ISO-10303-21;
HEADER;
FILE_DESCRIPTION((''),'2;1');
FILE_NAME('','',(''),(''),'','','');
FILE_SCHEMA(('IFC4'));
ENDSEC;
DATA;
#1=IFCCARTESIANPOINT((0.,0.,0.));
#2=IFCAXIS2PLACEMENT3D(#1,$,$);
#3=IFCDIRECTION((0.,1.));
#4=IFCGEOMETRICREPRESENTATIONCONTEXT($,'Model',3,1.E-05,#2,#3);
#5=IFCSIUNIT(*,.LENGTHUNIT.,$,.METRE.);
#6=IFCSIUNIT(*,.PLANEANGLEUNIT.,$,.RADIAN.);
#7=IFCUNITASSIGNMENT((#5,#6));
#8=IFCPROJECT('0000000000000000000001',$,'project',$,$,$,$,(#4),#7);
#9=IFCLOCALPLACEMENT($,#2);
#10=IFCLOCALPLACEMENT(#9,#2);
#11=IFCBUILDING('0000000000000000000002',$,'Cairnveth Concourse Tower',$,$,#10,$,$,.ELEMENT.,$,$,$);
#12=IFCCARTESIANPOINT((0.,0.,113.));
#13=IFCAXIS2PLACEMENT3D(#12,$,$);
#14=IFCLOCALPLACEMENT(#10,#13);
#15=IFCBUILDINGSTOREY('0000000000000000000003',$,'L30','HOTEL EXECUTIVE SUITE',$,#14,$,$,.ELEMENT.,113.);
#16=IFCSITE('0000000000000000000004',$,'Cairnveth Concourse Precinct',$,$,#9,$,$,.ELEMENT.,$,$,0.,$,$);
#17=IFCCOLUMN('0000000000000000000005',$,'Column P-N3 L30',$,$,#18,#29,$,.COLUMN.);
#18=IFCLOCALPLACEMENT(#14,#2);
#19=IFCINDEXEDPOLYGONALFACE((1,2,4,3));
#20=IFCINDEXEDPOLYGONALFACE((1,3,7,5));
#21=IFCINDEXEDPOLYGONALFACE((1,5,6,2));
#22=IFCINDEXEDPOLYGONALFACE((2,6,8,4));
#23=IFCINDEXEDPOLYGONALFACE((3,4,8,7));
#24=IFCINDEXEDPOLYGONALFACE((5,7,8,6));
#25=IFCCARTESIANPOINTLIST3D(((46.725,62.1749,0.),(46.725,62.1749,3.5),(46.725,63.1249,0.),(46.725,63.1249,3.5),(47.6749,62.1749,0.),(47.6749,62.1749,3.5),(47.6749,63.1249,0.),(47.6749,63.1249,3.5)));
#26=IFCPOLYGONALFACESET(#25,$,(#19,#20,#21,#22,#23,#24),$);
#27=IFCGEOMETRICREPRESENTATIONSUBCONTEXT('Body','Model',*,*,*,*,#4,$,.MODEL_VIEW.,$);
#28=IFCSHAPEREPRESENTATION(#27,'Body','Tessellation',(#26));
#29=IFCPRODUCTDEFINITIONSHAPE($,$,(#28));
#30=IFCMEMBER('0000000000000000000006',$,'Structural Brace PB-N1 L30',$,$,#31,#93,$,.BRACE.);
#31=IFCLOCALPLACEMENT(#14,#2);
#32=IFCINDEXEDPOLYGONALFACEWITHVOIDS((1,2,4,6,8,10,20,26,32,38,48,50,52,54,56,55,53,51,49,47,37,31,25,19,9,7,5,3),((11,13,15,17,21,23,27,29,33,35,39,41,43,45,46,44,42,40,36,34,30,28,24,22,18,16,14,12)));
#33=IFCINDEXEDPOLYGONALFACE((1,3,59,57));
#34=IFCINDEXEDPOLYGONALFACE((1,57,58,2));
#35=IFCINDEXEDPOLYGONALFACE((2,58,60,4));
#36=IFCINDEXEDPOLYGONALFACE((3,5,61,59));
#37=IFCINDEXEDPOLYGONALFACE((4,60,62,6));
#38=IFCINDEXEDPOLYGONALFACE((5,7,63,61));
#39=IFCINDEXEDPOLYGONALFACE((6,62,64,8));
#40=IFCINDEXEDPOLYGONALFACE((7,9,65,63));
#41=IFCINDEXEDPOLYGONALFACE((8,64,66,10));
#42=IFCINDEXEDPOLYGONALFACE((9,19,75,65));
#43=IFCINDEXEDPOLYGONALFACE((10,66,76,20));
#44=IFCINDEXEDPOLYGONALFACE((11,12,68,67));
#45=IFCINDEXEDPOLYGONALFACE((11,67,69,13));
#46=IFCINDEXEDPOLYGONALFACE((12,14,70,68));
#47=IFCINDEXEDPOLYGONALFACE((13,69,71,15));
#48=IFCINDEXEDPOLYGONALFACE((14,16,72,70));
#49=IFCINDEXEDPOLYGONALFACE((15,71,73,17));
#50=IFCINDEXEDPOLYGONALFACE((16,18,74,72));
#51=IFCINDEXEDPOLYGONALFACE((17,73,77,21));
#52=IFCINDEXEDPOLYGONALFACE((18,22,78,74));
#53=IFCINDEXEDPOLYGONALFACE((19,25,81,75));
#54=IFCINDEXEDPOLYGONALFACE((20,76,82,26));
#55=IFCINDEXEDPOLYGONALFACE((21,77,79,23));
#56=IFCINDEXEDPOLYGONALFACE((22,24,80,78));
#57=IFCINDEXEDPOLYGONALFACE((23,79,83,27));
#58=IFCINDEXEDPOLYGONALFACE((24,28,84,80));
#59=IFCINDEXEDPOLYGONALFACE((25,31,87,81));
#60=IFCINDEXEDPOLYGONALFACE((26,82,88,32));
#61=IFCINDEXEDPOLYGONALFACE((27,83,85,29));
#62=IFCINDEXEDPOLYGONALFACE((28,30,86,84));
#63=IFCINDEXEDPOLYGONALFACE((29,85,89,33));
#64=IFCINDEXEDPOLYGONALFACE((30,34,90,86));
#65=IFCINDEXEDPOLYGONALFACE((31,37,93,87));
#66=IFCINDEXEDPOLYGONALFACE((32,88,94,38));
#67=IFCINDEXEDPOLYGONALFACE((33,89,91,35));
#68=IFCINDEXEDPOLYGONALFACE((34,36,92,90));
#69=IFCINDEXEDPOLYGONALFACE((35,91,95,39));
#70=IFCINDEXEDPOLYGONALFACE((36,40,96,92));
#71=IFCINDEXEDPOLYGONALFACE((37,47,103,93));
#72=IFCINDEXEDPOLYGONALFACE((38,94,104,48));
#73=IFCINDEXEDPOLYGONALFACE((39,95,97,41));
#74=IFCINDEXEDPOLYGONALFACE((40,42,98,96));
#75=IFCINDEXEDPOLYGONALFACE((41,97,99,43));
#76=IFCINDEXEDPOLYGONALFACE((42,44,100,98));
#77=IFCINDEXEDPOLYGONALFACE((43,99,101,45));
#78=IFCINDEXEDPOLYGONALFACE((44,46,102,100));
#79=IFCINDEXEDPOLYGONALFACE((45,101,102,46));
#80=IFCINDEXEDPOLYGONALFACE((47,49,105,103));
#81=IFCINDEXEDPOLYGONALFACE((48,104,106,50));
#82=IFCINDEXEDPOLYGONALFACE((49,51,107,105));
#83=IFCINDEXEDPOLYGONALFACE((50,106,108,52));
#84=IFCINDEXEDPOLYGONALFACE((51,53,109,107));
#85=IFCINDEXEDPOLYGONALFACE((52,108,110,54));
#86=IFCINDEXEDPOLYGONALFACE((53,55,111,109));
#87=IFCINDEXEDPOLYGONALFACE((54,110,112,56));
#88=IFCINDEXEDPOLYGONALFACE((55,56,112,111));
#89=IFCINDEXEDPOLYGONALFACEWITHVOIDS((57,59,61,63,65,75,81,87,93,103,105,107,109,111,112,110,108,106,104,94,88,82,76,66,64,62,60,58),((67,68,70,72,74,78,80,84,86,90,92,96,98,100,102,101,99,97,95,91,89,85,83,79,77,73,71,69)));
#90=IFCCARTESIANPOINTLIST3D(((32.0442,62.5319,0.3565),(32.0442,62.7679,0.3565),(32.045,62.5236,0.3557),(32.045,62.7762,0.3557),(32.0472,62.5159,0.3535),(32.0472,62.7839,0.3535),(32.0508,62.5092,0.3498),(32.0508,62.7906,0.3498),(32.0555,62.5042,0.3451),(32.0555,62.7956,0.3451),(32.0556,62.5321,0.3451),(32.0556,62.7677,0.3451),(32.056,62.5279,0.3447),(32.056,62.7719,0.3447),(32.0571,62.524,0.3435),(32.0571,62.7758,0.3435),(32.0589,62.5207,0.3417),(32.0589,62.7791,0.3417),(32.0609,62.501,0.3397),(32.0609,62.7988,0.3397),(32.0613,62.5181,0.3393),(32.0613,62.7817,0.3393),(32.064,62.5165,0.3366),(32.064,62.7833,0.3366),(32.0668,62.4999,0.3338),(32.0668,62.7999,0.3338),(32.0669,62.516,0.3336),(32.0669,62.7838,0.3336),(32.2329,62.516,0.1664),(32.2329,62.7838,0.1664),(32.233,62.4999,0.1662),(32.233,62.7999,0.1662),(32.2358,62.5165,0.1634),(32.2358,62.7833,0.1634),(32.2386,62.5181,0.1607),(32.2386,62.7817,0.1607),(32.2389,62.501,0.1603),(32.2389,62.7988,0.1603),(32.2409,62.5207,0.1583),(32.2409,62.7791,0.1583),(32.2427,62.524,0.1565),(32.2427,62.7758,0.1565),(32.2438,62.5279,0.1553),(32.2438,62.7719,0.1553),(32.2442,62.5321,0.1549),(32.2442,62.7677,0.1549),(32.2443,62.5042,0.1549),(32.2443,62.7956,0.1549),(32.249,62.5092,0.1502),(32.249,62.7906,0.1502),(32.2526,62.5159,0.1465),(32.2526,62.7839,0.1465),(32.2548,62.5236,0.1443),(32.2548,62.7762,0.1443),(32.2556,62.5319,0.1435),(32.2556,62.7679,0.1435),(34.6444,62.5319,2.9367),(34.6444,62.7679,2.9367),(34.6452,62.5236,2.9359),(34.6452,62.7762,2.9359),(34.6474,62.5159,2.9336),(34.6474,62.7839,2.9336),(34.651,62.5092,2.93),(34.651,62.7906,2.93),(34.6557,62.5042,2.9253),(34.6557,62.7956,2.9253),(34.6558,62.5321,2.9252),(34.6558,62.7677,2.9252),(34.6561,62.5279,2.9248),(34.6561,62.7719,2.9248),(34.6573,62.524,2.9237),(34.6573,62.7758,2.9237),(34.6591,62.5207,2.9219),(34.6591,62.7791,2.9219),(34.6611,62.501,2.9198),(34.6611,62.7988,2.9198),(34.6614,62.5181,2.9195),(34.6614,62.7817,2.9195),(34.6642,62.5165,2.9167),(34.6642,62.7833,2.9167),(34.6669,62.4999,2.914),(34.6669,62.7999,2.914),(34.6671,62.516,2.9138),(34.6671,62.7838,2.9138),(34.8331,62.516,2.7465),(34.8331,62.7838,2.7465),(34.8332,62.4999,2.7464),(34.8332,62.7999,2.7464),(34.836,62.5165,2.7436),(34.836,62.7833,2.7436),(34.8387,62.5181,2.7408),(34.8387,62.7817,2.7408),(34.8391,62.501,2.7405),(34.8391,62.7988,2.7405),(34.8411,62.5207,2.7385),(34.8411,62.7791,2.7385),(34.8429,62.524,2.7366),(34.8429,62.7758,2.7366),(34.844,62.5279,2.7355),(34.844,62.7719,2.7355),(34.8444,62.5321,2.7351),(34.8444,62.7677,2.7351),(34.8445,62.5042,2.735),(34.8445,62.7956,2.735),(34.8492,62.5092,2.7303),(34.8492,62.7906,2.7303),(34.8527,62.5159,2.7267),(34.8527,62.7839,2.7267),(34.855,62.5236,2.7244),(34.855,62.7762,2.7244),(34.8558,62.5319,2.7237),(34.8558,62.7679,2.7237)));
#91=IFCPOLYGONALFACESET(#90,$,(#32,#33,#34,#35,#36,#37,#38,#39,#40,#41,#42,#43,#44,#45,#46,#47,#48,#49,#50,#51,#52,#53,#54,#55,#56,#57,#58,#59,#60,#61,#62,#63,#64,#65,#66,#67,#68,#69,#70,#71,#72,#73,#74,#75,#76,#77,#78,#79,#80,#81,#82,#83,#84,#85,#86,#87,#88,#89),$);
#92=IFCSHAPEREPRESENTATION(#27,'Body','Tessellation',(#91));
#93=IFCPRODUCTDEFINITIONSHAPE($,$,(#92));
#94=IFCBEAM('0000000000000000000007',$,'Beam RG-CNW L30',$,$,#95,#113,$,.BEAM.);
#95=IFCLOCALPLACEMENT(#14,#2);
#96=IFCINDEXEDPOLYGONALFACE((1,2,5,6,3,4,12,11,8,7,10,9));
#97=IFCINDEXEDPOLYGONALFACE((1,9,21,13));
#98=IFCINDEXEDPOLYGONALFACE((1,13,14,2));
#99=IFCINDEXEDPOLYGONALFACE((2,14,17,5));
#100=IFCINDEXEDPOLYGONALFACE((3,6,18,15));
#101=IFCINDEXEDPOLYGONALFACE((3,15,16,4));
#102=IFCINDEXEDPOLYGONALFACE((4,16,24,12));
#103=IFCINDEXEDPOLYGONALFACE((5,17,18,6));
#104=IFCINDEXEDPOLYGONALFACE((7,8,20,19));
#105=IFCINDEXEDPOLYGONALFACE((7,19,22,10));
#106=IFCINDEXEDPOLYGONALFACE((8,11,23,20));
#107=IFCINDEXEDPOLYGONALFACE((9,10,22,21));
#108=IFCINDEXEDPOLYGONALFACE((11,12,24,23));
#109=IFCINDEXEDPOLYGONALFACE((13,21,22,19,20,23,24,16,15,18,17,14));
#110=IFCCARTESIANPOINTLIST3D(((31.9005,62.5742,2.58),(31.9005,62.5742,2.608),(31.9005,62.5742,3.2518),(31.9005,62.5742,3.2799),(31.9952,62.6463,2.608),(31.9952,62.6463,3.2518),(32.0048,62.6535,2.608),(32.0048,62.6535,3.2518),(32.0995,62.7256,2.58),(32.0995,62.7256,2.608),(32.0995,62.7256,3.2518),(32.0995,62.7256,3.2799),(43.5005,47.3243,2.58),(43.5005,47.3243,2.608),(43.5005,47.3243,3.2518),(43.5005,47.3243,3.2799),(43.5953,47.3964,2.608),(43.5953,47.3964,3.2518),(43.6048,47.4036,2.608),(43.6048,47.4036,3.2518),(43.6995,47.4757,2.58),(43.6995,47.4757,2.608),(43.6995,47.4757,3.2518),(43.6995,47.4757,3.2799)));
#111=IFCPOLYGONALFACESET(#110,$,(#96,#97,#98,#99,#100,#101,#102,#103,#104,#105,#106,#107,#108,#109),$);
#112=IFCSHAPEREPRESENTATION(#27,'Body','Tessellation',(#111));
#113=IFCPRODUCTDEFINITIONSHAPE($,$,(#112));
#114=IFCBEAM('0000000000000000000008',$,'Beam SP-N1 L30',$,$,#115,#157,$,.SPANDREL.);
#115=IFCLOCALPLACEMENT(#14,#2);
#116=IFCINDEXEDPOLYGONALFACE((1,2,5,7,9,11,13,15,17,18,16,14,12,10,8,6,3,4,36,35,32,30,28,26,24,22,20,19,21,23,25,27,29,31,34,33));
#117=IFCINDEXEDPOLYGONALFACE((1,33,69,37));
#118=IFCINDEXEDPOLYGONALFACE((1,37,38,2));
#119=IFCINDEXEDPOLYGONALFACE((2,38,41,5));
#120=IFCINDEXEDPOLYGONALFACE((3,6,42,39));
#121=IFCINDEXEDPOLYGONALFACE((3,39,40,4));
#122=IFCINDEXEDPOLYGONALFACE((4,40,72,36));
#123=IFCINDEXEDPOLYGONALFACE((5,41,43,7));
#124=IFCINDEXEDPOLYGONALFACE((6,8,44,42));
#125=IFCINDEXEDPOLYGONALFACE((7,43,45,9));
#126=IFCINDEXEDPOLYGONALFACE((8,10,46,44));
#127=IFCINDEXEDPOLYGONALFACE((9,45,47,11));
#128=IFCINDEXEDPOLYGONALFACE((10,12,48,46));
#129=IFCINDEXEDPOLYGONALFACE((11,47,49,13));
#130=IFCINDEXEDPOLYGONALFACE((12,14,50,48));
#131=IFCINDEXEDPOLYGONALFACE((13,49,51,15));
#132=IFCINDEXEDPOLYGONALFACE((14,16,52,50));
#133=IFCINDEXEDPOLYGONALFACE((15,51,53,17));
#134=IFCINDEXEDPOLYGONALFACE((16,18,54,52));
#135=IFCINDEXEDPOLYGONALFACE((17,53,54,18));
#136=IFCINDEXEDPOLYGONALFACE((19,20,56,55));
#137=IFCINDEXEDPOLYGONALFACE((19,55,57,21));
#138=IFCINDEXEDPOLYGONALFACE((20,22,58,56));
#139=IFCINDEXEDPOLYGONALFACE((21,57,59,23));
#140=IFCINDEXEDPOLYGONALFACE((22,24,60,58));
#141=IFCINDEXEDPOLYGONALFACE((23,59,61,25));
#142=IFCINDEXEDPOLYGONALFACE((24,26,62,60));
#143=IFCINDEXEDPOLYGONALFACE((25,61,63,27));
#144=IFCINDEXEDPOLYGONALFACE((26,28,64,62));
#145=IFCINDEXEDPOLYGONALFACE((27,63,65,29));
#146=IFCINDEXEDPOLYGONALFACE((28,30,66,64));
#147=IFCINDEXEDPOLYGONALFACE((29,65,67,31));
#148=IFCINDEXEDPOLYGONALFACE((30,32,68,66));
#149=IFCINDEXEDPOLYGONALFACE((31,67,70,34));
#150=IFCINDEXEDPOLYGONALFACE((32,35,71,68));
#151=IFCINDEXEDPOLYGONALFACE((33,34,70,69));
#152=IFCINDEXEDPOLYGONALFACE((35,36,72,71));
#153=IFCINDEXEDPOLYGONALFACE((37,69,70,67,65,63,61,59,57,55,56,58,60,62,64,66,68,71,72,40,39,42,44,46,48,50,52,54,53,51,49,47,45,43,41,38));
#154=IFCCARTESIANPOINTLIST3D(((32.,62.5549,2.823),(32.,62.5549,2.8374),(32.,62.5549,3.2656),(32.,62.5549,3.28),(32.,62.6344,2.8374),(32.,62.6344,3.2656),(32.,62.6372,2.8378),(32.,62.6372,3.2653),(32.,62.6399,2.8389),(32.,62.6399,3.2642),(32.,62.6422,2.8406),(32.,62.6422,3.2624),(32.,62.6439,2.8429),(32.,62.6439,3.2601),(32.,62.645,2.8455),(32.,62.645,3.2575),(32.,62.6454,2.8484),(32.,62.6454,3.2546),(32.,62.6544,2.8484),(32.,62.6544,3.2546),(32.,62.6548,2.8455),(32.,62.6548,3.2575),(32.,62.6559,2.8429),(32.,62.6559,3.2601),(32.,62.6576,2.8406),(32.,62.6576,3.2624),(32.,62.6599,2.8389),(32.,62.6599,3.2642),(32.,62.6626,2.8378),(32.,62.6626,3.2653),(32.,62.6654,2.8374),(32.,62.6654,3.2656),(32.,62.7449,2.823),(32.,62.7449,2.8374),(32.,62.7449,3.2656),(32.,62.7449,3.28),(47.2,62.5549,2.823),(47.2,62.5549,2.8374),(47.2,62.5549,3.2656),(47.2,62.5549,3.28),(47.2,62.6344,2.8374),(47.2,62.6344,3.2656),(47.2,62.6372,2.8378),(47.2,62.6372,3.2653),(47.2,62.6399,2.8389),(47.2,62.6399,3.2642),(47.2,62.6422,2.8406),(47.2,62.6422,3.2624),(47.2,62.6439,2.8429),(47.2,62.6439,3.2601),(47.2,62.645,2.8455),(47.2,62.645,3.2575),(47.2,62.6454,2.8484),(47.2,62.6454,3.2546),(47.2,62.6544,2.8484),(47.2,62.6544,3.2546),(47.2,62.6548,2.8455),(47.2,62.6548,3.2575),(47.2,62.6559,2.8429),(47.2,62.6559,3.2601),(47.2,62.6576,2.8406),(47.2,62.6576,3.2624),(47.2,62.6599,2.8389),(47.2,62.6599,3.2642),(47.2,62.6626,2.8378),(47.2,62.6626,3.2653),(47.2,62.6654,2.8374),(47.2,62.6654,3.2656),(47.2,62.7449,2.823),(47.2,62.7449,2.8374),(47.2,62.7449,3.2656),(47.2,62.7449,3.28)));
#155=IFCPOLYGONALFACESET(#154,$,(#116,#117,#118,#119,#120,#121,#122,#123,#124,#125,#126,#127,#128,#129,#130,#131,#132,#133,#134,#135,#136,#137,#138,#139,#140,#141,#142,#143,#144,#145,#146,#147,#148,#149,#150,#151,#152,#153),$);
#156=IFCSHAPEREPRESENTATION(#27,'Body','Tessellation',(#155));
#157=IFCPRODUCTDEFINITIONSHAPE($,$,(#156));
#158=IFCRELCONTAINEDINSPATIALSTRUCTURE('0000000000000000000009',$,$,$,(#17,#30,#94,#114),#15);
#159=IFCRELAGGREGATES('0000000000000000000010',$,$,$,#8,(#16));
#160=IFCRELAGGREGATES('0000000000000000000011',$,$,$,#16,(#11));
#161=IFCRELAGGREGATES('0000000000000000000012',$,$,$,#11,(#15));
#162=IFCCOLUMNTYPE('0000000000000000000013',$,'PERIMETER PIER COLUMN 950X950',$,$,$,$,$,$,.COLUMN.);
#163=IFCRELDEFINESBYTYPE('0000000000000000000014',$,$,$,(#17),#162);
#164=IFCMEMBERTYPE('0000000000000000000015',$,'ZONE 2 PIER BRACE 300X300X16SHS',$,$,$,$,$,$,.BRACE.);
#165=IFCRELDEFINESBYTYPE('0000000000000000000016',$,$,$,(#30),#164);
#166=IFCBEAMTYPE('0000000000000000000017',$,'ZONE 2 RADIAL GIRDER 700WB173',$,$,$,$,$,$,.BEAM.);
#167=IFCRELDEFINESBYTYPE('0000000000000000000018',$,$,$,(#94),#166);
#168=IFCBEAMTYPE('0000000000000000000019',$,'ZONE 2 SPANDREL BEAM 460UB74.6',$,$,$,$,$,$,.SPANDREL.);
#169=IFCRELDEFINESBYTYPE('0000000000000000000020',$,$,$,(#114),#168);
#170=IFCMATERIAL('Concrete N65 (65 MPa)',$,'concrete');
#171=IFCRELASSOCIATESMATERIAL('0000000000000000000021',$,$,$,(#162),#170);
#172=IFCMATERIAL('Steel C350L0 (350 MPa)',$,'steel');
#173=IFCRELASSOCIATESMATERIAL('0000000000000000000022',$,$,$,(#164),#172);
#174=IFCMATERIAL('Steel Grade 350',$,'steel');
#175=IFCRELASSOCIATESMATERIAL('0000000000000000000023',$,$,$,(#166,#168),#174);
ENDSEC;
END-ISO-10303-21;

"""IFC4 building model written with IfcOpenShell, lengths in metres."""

from ifc_helpers import new_model, si_unit, direction, frame, origin, origin_2d, place, context, subcontext, project, spatial, rectangle, hollow_rectangle, i_section, extrude, material, material_profile, profile_set, type_object, element, save


model = new_model("IFC4")

# Units and contexts
model_context = context("Model", 3, precision=1e-05, world=origin(), true_north=direction((0.0, 1.0)))
body_context = subcontext(model_context, "Body", "Model", "MODEL_VIEW")
ifc_project = project(units=[si_unit("LENGTHUNIT", "METRE"), si_unit("PLANEANGLEUNIT", "RADIAN")], contexts=[model_context])

# Site, building, storey
site_placement = place(None, origin())
site = spatial("IfcSite", under=ifc_project, at=site_placement, Name="Cairnveth Concourse Precinct", CompositionType="ELEMENT", RefElevation=0.0)
building_placement = place(site_placement, origin())
building = spatial("IfcBuilding", under=site, at=building_placement, Name="Cairnveth Concourse Tower", CompositionType="ELEMENT")
storey_placement = place(building_placement, frame((0.0, 0.0, 113.0)))
storey = spatial("IfcBuildingStorey", under=building, at=storey_placement, Name="L30", Description="HOTEL EXECUTIVE SUITE", CompositionType="ELEMENT", Elevation=113.0)

# Column
ifc_material_1 = material(Name="Concrete N65 (65 MPa)", Category="concrete")
ifc_material_profile_1 = material_profile(ifc_material_1, rectangle(XDim=0.95, YDim=0.95, at=origin_2d()), Name="RC-COL-950x950")
ifc_profile_set_1 = profile_set([ifc_material_profile_1], Name="Concrete N65 (65 MPa)")
column_type = type_object("IfcColumnType", Name="PERIMETER PIER COLUMN 950X950", PredefinedType="COLUMN", material=ifc_profile_set_1)
column_placement = place(storey_placement, frame((47.2, 62.6499, 0.0), z_axis=(0.0, 0.0, 1.0), x_axis=(1.0, 0.0, 0.0)))
element("IfcColumn", 1, at=column_placement, inside=storey, type_object=column_type, Name="Column P-N3 L30", PredefinedType="COLUMN", context=body_context, shape_type="SweptSolid", body=[
    extrude(rectangle(XDim=0.95, YDim=0.95, at=origin_2d()), origin(), (0.0, 0.0, 1.0), 3.5),
])

# Member
ifc_material_2 = material(Name="Steel C350L0 (350 MPa)", Category="steel")
ifc_material_profile_2 = material_profile(ifc_material_2, hollow_rectangle(XDim=0.3, YDim=0.3, WallThickness=0.0161, InnerFilletRadius=0.0161, OuterFilletRadius=0.032, at=origin_2d()), Name="300x300x16.0SHS")
ifc_profile_set_2 = profile_set([ifc_material_profile_2], Name="Steel C350L0 (350 MPa)")
member_type = type_object("IfcMemberType", Name="ZONE 2 PIER BRACE 300X300X16SHS", PredefinedType="BRACE", material=ifc_profile_set_2)
member_placement = place(storey_placement, frame((32.1499, 62.6499, 0.25), z_axis=(0.709834, 0.0, 0.704369), x_axis=(0.0, 1.0, 0.0)))
element("IfcMember", 2, at=member_placement, inside=storey, type_object=member_type, Name="Structural Brace PB-N1 L30", PredefinedType="BRACE", context=body_context, shape_type="SweptSolid", body=[
    extrude(hollow_rectangle(XDim=0.3, YDim=0.3, WallThickness=0.0161, InnerFilletRadius=0.0161, OuterFilletRadius=0.032, at=origin_2d()), origin(), (0.0, 0.0, 1.0), 3.6631),
])

# Beams
ifc_material_3 = material(Name="Steel Grade 350", Category="steel")
ifc_material_profile_3 = material_profile(ifc_material_3, i_section(OverallWidth=0.25, OverallDepth=0.7, WebThickness=0.012, FlangeThickness=0.0281, at=origin_2d()), Name="700WB173")
ifc_profile_set_3 = profile_set([ifc_material_profile_3], Name="Steel Grade 350")
beam_type_1 = type_object("IfcBeamType", Name="ZONE 2 RADIAL GIRDER 700WB173", PredefinedType="BEAM", material=ifc_profile_set_3)
beam_1_placement = place(storey_placement, frame((32.0, 62.6499, 2.9299), z_axis=(0.605417, -0.795908, 0.0), x_axis=(0.795908, 0.605417, 0.0)))
element("IfcBeam", 3, at=beam_1_placement, inside=storey, type_object=beam_type_1, Name="Beam RG-CNW L30", PredefinedType="BEAM", context=body_context, shape_type="SweptSolid", body=[
    extrude(i_section(OverallWidth=0.25, OverallDepth=0.7, WebThickness=0.012, FlangeThickness=0.0281, at=origin_2d()), origin(), (0.0, 0.0, 1.0), 19.1604),
])
ifc_material_profile_4 = material_profile(ifc_material_3, i_section(OverallWidth=0.1899, OverallDepth=0.457, WebThickness=0.009, FlangeThickness=0.0144, FilletRadius=0.011, at=origin_2d()), Name="460UB74.6")
ifc_profile_set_4 = profile_set([ifc_material_profile_4], Name="Steel Grade 350")
beam_type_2 = type_object("IfcBeamType", Name="ZONE 2 SPANDREL BEAM 460UB74.6", PredefinedType="SPANDREL", material=ifc_profile_set_4)
beam_2_placement = place(storey_placement, frame((32.0, 62.6499, 3.0515), z_axis=(1.0, 0.0, 0.0), x_axis=(0.0, 1.0, 0.0)))
element("IfcBeam", 4, at=beam_2_placement, inside=storey, type_object=beam_type_2, Name="Beam SP-N1 L30", PredefinedType="SPANDREL", context=body_context, shape_type="SweptSolid", body=[
    extrude(i_section(OverallWidth=0.1899, OverallDepth=0.457, WebThickness=0.009, FlangeThickness=0.0144, FilletRadius=0.011, at=origin_2d()), origin(), (0.0, 0.0, 1.0), 15.2),
])

save(model, "model.ifc")
